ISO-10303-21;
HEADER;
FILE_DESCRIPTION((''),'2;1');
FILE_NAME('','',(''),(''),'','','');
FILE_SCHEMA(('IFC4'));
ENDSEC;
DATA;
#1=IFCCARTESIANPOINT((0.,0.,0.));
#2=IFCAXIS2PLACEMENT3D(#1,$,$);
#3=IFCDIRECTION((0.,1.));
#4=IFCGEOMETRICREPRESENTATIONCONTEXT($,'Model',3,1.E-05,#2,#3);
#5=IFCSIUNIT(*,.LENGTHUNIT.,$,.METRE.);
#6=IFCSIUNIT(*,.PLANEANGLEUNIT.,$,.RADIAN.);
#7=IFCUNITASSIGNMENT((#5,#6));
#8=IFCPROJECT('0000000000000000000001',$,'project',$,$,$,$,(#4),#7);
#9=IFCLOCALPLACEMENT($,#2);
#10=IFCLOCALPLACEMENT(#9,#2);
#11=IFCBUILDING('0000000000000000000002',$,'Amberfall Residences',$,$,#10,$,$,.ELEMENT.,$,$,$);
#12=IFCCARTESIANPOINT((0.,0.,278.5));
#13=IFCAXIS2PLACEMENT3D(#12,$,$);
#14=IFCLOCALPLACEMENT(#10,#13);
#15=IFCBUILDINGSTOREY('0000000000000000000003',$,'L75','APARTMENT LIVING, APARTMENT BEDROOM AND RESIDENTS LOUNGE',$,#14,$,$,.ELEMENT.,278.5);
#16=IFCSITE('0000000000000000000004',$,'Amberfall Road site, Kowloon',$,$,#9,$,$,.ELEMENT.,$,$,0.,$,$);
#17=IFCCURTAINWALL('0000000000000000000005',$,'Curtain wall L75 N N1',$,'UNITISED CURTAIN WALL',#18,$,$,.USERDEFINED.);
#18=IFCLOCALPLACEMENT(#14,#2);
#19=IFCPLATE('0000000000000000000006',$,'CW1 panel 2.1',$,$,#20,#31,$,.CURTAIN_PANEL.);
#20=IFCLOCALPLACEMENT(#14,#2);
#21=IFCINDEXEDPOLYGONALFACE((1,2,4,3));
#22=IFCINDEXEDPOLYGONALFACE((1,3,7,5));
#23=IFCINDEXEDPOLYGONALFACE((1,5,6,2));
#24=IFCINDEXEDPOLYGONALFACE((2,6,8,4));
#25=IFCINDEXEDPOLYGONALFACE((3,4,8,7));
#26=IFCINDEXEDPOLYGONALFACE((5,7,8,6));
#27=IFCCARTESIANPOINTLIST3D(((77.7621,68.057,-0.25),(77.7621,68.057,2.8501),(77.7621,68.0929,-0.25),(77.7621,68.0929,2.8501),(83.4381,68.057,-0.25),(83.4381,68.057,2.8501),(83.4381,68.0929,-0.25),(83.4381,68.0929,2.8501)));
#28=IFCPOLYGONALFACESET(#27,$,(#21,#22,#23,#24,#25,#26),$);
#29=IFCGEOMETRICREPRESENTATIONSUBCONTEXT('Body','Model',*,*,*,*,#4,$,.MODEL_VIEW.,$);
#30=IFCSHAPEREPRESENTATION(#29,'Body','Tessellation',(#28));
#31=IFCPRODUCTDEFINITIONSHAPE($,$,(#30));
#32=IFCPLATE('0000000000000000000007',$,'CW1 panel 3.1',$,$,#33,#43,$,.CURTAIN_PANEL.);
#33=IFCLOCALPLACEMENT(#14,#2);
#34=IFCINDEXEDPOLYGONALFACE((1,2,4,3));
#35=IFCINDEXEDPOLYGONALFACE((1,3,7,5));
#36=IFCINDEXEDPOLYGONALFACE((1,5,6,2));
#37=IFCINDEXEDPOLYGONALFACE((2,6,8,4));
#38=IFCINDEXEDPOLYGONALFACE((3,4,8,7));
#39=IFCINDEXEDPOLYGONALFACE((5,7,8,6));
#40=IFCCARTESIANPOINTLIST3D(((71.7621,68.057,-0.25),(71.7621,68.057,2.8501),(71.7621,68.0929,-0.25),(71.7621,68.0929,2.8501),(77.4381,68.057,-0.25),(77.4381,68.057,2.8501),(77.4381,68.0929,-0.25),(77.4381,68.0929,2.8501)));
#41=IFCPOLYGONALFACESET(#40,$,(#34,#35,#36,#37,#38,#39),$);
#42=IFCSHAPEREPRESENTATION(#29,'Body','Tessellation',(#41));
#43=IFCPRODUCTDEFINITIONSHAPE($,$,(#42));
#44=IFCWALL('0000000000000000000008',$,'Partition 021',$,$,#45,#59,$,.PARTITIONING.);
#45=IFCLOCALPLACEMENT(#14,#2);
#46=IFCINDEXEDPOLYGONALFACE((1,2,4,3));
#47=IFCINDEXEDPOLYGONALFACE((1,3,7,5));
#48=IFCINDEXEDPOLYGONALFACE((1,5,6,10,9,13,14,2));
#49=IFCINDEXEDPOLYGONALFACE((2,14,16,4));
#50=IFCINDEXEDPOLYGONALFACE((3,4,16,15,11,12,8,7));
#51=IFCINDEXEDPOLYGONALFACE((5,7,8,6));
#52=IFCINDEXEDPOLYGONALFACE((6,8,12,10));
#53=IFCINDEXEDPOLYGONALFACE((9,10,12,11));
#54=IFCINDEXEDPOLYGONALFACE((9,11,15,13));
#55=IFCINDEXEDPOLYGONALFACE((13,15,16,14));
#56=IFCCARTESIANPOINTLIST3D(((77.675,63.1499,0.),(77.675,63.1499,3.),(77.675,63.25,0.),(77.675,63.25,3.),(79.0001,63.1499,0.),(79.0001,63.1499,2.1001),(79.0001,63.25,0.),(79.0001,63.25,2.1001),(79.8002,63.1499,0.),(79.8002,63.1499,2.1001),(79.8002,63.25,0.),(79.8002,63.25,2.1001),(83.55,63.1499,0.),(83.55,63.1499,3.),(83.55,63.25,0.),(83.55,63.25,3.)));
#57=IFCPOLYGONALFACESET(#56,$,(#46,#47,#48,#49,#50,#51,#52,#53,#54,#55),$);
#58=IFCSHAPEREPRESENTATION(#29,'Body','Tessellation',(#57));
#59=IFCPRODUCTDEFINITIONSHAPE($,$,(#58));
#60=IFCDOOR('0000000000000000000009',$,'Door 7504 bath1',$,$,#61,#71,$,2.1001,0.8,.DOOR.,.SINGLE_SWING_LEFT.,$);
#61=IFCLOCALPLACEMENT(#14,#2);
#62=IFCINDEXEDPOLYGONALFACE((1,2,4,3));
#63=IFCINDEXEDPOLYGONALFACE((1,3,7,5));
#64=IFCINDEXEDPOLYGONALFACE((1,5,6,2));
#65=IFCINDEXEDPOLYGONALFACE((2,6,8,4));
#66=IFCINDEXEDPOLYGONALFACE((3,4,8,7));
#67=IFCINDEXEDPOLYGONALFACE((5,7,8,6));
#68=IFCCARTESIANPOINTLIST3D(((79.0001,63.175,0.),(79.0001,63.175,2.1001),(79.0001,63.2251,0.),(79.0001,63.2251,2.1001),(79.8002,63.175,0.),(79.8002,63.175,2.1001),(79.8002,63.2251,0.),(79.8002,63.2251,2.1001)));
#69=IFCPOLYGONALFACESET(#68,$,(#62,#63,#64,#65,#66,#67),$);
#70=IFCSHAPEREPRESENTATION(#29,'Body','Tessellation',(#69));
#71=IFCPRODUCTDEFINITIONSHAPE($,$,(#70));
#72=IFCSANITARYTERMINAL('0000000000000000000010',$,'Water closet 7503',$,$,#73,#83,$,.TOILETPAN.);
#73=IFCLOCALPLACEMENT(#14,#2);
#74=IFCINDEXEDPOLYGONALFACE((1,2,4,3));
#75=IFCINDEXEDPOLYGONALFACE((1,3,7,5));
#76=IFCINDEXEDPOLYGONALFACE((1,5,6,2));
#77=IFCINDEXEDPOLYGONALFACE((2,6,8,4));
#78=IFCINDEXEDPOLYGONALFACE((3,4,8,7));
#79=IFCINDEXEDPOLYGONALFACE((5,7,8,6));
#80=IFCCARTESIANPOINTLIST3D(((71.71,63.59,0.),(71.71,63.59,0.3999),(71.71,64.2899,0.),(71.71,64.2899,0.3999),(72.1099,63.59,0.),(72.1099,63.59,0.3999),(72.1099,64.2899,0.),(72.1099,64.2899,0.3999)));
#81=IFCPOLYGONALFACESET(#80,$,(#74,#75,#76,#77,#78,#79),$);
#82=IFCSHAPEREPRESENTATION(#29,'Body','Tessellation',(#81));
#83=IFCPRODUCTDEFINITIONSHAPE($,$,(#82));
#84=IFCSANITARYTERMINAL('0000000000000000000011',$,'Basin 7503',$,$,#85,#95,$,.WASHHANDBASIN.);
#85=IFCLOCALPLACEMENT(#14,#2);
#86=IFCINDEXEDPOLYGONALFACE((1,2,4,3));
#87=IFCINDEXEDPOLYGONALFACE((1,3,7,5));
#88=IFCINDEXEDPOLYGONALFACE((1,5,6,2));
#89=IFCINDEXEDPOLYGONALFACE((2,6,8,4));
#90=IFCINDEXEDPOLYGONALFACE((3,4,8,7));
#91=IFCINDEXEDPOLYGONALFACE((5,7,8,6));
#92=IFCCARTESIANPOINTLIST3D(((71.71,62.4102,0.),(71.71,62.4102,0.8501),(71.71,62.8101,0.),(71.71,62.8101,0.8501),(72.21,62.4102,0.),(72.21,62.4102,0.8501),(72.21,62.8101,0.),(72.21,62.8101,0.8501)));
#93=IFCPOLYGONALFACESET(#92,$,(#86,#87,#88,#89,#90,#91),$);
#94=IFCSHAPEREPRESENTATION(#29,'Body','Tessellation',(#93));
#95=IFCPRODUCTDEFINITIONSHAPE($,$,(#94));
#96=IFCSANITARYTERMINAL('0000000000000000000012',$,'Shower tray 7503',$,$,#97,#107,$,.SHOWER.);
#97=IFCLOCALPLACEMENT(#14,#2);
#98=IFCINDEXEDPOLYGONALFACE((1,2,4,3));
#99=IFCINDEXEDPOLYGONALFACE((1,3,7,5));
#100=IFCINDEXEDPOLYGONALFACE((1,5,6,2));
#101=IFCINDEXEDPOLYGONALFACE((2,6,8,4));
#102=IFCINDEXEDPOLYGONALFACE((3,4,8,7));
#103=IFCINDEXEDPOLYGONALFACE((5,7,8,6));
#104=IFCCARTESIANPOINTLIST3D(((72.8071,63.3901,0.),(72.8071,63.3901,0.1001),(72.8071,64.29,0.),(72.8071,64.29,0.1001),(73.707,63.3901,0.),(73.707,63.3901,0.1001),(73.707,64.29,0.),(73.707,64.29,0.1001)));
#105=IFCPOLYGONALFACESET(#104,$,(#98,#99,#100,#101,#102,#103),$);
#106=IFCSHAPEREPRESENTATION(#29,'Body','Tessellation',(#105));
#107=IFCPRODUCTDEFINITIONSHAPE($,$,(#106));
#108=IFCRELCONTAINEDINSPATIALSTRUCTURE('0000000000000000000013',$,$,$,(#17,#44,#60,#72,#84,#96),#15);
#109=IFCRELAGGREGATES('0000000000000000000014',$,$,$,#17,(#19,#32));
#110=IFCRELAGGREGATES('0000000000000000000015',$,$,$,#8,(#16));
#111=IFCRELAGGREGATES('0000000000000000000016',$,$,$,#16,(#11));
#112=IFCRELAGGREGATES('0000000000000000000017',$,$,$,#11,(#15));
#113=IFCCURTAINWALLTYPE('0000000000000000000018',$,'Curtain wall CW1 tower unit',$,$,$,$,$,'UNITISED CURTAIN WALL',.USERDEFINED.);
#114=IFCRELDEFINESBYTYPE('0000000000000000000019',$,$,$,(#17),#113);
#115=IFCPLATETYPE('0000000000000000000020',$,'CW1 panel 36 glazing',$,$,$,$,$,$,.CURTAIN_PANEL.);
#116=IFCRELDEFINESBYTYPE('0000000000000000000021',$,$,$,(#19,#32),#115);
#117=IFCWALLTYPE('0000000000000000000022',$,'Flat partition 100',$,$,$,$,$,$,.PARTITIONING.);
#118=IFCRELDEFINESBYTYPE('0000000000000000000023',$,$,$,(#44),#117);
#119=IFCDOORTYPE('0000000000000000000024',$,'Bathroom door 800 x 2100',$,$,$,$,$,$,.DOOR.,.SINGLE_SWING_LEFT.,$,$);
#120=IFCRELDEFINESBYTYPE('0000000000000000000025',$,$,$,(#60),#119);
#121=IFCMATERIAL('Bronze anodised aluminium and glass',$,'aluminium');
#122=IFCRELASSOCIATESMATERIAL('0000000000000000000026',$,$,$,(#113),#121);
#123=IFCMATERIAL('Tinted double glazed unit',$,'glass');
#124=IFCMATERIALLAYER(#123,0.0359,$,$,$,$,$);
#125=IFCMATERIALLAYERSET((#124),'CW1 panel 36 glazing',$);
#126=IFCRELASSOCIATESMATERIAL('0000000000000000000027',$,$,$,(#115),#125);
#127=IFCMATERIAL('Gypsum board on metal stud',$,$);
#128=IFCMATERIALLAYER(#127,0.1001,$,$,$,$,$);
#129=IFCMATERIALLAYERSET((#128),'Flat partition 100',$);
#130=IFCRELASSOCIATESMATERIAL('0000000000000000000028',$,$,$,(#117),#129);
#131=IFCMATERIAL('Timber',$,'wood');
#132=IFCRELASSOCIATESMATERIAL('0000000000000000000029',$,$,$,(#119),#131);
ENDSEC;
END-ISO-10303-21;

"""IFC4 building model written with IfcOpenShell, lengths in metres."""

from ifc_helpers import new_model, si_unit, direction, frame, frame_2d, origin, origin_2d, place, context, subcontext, project, spatial, rectangle, extrude, material, layer, layer_set, type_object, element, fill, aggregate, save


model = new_model("IFC4")

# Units and contexts
model_context = context("Model", 3, precision=1e-05, world=origin(), true_north=direction((0.0, 1.0)))
body_context = subcontext(model_context, "Body", "Model", "MODEL_VIEW")
ifc_project = project(units=[si_unit("LENGTHUNIT", "METRE"), si_unit("PLANEANGLEUNIT", "RADIAN")], contexts=[model_context])

# Site, building, storey
site_placement = place(None, origin())
site = spatial("IfcSite", under=ifc_project, at=site_placement, Name="Amberfall Road site, Kowloon", CompositionType="ELEMENT", RefElevation=0.0)
building_placement = place(site_placement, origin())
building = spatial("IfcBuilding", under=site, at=building_placement, Name="Amberfall Residences", CompositionType="ELEMENT")
storey_placement = place(building_placement, frame((0.0, 0.0, 278.5)))
storey = spatial("IfcBuildingStorey", under=building, at=storey_placement, Name="L75", Description="APARTMENT LIVING, APARTMENT BEDROOM AND RESIDENTS LOUNGE", CompositionType="ELEMENT", Elevation=278.5)

# Curtain wall
ifc_material_1 = material(Name="Bronze anodised aluminium and glass", Category="aluminium")
curtain_wall_type = type_object("IfcCurtainWallType", Name="Curtain wall CW1 tower unit", ElementType="UNITISED CURTAIN WALL", PredefinedType="USERDEFINED", material=ifc_material_1)
curtain_wall_placement = place(storey_placement, origin())
curtain_wall = element("IfcCurtainWall", 1, at=curtain_wall_placement, inside=storey, type_object=curtain_wall_type, Name="Curtain wall L75 N N1", ObjectType="UNITISED CURTAIN WALL", PredefinedType="USERDEFINED")

# Plates
ifc_material_2 = material(Name="Tinted double glazed unit", Category="glass")
ifc_layer_1 = layer(ifc_material_2, 0.0359)
ifc_layer_set_1 = layer_set([ifc_layer_1], Name="CW1 panel 36 glazing")
plate_type = type_object("IfcPlateType", Name="CW1 panel 36 glazing", PredefinedType="CURTAIN_PANEL", material=ifc_layer_set_1)
plate_1_placement = place(storey_placement, frame((80.6001, 68.075, -0.25), z_axis=(0.0, 0.0, 1.0), x_axis=(-1.0, 0.0, 0.0)))
plate_1 = element("IfcPlate", 2, at=plate_1_placement, type_object=plate_type, Name="CW1 panel 2.1", PredefinedType="CURTAIN_PANEL", context=body_context, shape_type="SweptSolid", body=[
    extrude(rectangle(XDim=5.676, YDim=0.0359, at=origin_2d()), origin(), (0.0, 0.0, 1.0), 3.1001),
])
plate_2_placement = place(storey_placement, frame((74.6001, 68.075, -0.25), z_axis=(0.0, 0.0, 1.0), x_axis=(-1.0, 0.0, 0.0)))
plate_2 = element("IfcPlate", 3, at=plate_2_placement, type_object=plate_type, Name="CW1 panel 3.1", PredefinedType="CURTAIN_PANEL", context=body_context, shape_type="SweptSolid", body=[
    extrude(rectangle(XDim=5.676, YDim=0.0359, at=origin_2d()), origin(), (0.0, 0.0, 1.0), 3.1001),
])
aggregate(curtain_wall, [plate_1, plate_2])

# Wall, opening, door
ifc_material_3 = material(Name="Gypsum board on metal stud")
ifc_layer_2 = layer(ifc_material_3, 0.1001)
ifc_layer_set_2 = layer_set([ifc_layer_2], Name="Flat partition 100")
wall_type = type_object("IfcWallType", Name="Flat partition 100", PredefinedType="PARTITIONING", material=ifc_layer_set_2)
wall_placement = place(storey_placement, frame((83.55, 63.2, 0.0), z_axis=(0.0, 0.0, 1.0), x_axis=(-1.0, 0.0, 0.0)))
wall = element("IfcWall", 4, at=wall_placement, inside=storey, type_object=wall_type, Name="Partition 021", PredefinedType="PARTITIONING", context=body_context, shape_type="SweptSolid", body=[
    extrude(rectangle(XDim=5.875, YDim=0.1001, at=frame_2d((2.9375, 0.0))), origin(), (0.0, 0.0, 1.0), 3.0),
])
opening_placement = place(wall_placement, frame((3.75, 0.0, 0.0)))
opening = element("IfcOpeningElement", 5, at=opening_placement, cuts=wall, PredefinedType="OPENING", context=body_context, shape_type="SweptSolid", body=[
    extrude(rectangle(XDim=0.8, YDim=2.1001, at=frame_2d((0.3999, 1.05))), frame((0.0, 0.0601, 0.0), z_axis=(0.0, -1.0, 0.0), x_axis=(1.0, 0.0, 0.0)), (0.0, 0.0, 1.0), 0.1201),
])
ifc_material_4 = material(Name="Timber", Category="wood")
door_type = type_object("IfcDoorType", Name="Bathroom door 800 x 2100", OperationType="SINGLE_SWING_LEFT", PredefinedType="DOOR", material=ifc_material_4)
door_placement = place(opening_placement, origin())
door = element("IfcDoor", 6, at=door_placement, inside=storey, type_object=door_type, Name="Door 7504 bath1", OperationType="SINGLE_SWING_LEFT", OverallHeight=2.1001, OverallWidth=0.8, PredefinedType="DOOR", context=body_context, shape_type="SweptSolid", body=[
    extrude(rectangle(XDim=0.8, YDim=2.1001, at=frame_2d((0.3999, 1.05))), frame((0.0, 0.0249, 0.0), z_axis=(0.0, -1.0, 0.0), x_axis=(1.0, 0.0, 0.0)), (0.0, 0.0, 1.0), 0.05),
])
fill(opening, door)

# Sanitary terminals
sanitary_terminal_1_placement = place(storey_placement, frame((71.9099, 63.9399, 0.0), z_axis=(0.0, 0.0, 1.0), x_axis=(1.0, 0.0, 0.0)))
element("IfcSanitaryTerminal", 7, at=sanitary_terminal_1_placement, inside=storey, Name="Water closet 7503", PredefinedType="TOILETPAN", context=body_context, shape_type="SweptSolid", body=[
    extrude(rectangle(XDim=0.3999, YDim=0.7, at=origin_2d()), origin(), (0.0, 0.0, 1.0), 0.3999),
])
sanitary_terminal_2_placement = place(storey_placement, frame((71.96, 62.6101, 0.0), z_axis=(0.0, 0.0, 1.0), x_axis=(1.0, 0.0, 0.0)))
element("IfcSanitaryTerminal", 8, at=sanitary_terminal_2_placement, inside=storey, Name="Basin 7503", PredefinedType="WASHHANDBASIN", context=body_context, shape_type="SweptSolid", body=[
    extrude(rectangle(XDim=0.5, YDim=0.3999, at=origin_2d()), origin(), (0.0, 0.0, 1.0), 0.8501),
])
sanitary_terminal_3_placement = place(storey_placement, frame((73.2571, 63.8401, 0.0), z_axis=(0.0, 0.0, 1.0), x_axis=(1.0, 0.0, 0.0)))
element("IfcSanitaryTerminal", 9, at=sanitary_terminal_3_placement, inside=storey, Name="Shower tray 7503", PredefinedType="SHOWER", context=body_context, shape_type="SweptSolid", body=[
    extrude(rectangle(XDim=0.8999, YDim=0.8999, at=origin_2d()), origin(), (0.0, 0.0, 1.0), 0.1001),
])

save(model, "model.ifc")
